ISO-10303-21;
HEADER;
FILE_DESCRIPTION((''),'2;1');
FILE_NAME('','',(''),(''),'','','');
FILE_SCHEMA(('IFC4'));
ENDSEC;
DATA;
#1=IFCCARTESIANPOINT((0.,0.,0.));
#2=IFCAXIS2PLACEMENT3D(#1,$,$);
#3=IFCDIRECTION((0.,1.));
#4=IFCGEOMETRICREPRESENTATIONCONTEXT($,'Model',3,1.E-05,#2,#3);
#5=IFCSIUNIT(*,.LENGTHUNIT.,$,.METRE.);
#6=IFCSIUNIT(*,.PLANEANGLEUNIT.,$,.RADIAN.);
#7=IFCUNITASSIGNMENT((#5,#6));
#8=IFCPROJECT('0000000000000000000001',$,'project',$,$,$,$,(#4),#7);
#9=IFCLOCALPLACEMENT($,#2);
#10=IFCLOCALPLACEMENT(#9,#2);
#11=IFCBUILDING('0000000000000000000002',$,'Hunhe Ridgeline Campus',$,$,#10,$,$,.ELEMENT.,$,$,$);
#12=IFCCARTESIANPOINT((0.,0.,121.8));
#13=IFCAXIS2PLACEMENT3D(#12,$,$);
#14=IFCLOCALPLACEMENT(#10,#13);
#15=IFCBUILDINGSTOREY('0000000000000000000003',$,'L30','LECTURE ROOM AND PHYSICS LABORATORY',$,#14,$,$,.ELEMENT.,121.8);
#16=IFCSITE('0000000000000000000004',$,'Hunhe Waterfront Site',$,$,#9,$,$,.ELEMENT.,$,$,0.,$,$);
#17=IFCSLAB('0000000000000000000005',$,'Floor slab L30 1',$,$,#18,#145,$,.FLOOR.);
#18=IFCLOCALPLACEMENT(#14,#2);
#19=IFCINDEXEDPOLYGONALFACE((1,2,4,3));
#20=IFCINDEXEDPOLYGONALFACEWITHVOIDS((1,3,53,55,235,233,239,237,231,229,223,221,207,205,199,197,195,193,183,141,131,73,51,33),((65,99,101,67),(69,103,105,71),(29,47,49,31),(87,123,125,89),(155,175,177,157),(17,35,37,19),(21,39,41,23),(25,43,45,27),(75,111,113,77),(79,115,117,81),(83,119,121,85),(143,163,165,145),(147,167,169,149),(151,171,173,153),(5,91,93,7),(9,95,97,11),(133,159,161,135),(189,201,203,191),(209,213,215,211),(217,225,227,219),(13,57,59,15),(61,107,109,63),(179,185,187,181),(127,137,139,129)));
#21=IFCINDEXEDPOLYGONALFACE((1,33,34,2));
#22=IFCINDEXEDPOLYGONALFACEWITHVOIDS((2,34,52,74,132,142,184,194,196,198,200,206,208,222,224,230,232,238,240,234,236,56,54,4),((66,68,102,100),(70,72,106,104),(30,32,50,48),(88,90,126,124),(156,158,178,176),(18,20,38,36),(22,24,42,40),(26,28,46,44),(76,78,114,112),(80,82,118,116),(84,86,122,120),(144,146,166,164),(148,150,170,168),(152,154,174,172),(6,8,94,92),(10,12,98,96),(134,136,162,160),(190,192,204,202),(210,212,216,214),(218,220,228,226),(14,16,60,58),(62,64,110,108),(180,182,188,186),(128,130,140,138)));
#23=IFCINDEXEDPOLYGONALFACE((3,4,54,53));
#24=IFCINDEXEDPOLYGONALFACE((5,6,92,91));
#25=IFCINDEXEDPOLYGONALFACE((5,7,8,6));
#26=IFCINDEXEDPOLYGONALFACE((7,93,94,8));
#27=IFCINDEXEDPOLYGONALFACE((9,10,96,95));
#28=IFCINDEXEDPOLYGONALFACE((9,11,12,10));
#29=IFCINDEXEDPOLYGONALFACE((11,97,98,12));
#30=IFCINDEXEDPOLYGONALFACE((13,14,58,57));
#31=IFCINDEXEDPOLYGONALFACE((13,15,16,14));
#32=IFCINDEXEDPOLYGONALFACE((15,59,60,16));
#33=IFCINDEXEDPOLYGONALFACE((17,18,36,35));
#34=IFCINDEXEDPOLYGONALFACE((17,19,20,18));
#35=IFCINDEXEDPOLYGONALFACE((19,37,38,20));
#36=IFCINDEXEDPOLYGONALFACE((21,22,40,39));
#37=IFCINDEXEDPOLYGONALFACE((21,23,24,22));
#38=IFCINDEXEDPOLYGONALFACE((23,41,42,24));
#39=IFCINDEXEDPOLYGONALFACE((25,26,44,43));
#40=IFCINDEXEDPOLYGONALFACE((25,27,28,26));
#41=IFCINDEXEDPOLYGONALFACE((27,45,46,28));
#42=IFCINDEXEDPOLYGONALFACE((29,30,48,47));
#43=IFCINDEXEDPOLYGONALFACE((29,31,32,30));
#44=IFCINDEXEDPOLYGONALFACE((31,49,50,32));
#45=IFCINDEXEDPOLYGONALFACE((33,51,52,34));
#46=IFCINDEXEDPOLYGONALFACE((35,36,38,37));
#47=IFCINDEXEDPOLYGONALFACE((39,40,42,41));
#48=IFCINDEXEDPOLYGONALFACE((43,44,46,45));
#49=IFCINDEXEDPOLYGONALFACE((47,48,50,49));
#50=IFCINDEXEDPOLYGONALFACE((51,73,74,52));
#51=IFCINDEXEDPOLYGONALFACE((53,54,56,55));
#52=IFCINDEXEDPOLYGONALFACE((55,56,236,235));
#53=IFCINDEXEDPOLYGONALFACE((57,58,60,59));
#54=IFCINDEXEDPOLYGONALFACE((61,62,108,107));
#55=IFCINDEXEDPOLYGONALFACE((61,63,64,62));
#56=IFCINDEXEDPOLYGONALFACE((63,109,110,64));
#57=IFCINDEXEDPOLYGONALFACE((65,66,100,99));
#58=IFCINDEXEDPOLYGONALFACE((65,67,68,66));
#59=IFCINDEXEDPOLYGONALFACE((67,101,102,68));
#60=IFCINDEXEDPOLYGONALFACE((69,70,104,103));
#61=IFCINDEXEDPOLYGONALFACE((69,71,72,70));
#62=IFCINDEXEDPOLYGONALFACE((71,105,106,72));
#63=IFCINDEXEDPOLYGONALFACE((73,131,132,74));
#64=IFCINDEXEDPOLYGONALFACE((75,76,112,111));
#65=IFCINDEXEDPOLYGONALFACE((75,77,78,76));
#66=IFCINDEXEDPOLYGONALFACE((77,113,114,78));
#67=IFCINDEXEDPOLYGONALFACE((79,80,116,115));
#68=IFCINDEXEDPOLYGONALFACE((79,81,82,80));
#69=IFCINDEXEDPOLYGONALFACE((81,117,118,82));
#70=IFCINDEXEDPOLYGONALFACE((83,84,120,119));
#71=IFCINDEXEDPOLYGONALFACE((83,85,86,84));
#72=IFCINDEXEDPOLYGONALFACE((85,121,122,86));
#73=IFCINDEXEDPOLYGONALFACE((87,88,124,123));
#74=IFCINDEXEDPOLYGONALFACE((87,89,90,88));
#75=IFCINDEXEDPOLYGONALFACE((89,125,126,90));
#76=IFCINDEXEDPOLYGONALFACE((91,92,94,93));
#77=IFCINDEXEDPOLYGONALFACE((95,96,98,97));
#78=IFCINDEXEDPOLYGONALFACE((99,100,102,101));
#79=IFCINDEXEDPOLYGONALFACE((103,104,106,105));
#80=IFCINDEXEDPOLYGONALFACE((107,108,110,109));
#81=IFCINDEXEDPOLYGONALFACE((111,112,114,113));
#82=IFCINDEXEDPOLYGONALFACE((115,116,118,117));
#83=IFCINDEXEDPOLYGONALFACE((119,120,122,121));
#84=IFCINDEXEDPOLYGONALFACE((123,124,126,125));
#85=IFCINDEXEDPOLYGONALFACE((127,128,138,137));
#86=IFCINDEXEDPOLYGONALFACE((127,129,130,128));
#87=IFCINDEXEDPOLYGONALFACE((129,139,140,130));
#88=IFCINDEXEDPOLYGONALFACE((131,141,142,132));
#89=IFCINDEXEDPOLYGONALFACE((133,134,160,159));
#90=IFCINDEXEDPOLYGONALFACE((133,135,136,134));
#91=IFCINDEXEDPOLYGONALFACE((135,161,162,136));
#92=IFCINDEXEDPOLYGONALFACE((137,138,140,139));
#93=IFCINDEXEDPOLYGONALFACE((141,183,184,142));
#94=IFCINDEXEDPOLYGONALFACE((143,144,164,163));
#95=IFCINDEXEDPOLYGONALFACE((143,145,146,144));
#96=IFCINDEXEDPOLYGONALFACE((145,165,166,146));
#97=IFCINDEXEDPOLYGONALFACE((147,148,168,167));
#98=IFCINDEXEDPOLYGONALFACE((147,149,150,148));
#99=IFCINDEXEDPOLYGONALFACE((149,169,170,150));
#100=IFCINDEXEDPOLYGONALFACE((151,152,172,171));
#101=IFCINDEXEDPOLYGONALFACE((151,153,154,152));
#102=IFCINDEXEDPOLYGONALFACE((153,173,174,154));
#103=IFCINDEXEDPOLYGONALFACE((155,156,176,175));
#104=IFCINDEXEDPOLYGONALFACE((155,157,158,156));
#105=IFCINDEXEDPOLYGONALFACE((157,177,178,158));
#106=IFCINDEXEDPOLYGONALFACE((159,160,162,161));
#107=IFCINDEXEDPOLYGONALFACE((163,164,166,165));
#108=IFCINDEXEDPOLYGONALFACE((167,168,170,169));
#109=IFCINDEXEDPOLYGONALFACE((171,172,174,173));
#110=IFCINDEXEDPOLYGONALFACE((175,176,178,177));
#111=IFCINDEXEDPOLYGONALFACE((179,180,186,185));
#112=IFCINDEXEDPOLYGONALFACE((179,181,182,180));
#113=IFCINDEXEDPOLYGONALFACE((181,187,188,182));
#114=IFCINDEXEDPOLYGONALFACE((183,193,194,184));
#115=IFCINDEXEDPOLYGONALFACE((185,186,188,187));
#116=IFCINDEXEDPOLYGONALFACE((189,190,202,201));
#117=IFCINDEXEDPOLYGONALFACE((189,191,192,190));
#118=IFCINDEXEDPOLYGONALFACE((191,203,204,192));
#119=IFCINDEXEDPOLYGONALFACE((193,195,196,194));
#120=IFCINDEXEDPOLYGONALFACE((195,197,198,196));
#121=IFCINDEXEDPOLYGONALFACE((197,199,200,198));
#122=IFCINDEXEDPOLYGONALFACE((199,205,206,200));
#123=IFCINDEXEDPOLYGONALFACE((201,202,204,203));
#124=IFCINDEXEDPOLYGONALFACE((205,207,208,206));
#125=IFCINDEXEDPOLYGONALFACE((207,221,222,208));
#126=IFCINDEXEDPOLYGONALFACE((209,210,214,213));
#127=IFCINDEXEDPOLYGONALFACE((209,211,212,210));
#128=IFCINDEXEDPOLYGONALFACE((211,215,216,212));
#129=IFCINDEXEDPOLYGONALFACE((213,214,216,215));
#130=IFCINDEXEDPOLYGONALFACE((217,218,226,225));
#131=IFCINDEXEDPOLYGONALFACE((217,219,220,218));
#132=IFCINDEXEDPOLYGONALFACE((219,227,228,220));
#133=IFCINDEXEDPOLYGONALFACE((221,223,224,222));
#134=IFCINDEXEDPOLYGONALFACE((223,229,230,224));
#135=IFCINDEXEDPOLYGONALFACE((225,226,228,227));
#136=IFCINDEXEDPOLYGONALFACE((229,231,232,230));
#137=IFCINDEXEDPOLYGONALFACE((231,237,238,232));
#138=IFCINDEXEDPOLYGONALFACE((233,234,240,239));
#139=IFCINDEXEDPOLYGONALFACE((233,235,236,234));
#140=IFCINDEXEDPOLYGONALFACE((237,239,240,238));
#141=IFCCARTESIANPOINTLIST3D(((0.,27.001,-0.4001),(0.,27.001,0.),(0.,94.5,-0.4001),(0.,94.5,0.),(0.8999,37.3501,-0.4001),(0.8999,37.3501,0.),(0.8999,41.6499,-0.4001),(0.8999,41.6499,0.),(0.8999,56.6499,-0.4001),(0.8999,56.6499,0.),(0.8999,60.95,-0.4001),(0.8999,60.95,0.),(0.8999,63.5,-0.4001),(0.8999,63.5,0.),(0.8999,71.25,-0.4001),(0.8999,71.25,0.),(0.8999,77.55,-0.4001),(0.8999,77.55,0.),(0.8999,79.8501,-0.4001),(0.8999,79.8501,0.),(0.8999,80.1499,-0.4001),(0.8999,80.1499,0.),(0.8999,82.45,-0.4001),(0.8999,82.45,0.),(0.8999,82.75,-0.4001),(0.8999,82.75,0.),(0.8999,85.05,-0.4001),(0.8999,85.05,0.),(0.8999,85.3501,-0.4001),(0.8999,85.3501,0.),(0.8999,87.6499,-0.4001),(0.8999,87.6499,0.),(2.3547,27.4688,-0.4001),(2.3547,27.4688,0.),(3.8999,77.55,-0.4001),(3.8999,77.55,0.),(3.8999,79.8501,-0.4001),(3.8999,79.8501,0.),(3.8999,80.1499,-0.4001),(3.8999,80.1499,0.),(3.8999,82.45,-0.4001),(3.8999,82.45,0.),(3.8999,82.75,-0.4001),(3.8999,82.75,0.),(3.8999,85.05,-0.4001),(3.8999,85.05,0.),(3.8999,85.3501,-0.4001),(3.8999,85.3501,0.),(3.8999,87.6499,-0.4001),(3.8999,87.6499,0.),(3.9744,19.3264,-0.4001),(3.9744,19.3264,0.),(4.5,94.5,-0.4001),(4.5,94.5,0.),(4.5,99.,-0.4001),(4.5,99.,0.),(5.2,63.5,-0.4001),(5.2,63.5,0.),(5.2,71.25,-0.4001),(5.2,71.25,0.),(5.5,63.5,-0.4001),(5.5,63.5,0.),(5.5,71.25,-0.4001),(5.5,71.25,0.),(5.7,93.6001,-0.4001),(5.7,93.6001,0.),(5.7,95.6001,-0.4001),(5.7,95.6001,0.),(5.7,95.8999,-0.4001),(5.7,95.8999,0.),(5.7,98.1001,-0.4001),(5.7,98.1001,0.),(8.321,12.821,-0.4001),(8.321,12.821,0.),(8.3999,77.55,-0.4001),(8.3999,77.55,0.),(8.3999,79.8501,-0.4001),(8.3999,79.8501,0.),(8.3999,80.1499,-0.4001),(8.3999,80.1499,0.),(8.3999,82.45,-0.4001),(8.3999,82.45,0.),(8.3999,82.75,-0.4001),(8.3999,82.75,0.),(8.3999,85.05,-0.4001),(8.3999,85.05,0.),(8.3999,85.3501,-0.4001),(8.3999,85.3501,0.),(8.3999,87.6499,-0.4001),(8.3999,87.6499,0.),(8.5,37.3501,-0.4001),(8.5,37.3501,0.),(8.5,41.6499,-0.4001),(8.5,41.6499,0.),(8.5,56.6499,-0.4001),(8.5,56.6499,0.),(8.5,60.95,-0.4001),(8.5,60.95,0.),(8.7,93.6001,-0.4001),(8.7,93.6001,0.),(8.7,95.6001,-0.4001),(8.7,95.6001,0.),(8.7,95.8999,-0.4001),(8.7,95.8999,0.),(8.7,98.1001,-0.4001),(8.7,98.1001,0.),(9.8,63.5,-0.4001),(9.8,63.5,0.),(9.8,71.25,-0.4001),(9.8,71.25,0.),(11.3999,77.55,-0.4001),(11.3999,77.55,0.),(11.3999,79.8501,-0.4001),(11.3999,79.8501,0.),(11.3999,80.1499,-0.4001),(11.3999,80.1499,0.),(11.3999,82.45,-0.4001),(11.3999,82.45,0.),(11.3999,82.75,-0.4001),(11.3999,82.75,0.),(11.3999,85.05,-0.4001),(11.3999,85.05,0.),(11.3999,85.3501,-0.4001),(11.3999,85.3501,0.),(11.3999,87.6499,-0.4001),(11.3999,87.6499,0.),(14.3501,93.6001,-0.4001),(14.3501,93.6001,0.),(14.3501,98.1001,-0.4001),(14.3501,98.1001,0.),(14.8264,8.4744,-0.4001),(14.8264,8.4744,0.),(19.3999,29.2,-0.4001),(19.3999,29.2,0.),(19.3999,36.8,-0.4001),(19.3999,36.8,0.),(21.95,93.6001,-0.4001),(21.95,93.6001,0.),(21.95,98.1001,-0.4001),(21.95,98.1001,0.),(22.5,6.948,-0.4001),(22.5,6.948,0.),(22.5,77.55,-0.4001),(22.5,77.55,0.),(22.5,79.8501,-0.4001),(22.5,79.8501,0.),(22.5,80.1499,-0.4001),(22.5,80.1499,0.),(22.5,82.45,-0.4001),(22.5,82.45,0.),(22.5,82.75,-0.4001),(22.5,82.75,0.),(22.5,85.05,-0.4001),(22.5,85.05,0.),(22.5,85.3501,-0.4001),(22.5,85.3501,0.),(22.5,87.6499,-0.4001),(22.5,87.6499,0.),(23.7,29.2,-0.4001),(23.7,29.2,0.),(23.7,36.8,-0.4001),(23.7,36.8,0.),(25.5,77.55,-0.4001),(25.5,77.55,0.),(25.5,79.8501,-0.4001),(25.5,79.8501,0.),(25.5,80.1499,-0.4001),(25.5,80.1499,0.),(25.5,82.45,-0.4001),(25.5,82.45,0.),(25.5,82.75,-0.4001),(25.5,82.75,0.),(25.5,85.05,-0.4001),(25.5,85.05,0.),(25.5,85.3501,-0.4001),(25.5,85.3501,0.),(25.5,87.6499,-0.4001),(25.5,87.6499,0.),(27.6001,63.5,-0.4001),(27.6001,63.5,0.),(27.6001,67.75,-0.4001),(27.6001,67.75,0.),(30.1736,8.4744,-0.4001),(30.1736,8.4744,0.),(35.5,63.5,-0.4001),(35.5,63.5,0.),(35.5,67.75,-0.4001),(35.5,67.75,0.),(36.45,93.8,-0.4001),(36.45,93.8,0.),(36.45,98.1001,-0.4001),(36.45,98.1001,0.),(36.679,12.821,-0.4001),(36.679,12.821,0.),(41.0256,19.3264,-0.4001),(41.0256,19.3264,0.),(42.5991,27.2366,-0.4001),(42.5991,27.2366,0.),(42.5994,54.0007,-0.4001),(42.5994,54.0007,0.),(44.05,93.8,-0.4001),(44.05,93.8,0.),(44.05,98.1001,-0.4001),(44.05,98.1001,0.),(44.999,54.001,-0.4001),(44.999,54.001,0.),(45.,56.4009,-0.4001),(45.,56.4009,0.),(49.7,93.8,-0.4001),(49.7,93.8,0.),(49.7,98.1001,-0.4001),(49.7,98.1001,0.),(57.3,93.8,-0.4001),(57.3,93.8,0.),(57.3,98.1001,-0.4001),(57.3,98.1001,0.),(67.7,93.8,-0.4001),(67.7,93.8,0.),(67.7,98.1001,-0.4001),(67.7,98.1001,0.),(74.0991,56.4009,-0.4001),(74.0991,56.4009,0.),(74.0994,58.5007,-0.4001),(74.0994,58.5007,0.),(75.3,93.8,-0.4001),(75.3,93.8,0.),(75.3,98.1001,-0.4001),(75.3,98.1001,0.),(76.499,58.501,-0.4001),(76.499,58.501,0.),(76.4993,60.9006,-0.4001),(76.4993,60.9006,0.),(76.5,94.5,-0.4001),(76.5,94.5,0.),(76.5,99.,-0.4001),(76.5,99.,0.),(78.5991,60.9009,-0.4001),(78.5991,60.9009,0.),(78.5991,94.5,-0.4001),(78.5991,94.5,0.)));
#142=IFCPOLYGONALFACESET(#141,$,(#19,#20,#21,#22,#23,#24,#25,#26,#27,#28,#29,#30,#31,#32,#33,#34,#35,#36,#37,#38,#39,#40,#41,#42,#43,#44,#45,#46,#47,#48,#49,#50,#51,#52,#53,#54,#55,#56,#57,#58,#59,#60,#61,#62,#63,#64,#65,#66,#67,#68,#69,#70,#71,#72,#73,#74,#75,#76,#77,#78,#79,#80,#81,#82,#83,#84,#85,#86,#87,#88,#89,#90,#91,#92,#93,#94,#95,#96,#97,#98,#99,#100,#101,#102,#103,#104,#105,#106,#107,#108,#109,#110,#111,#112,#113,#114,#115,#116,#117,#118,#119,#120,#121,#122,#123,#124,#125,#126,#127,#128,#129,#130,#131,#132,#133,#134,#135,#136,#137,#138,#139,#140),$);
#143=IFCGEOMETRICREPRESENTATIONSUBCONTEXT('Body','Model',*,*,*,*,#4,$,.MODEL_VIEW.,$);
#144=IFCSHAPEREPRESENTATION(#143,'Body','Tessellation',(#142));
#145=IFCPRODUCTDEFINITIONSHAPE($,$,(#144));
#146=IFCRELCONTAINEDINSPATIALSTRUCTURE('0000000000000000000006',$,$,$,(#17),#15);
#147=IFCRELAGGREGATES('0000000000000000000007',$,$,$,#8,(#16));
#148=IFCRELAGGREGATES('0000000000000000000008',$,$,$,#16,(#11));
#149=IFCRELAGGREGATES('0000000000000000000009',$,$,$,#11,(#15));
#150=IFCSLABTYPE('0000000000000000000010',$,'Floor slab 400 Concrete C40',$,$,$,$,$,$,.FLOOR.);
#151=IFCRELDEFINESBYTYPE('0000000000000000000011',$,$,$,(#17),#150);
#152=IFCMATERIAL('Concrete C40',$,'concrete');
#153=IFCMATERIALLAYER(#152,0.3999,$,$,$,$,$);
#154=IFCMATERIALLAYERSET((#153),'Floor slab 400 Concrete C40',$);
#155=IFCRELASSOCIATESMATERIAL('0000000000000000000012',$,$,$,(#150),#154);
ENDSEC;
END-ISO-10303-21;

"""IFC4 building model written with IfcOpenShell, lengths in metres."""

from ifc_helpers import new_model, si_unit, direction, frame, origin, place, context, subcontext, project, spatial, polyline, outline, extrude, material, layer, layer_set, type_object, element, save


model = new_model("IFC4")

# Units and contexts
model_context = context("Model", 3, precision=1e-05, world=origin(), true_north=direction((0.0, 1.0)))
body_context = subcontext(model_context, "Body", "Model", "MODEL_VIEW")
ifc_project = project(units=[si_unit("LENGTHUNIT", "METRE"), si_unit("PLANEANGLEUNIT", "RADIAN")], contexts=[model_context])

# Site, building, storey
site_placement = place(None, origin())
site = spatial("IfcSite", under=ifc_project, at=site_placement, Name="Hunhe Waterfront Site", CompositionType="ELEMENT", RefElevation=0.0)
building_placement = place(site_placement, origin())
building = spatial("IfcBuilding", under=site, at=building_placement, Name="Hunhe Ridgeline Campus", CompositionType="ELEMENT")
storey_placement = place(building_placement, frame((0.0, 0.0, 121.8)))
storey = spatial("IfcBuildingStorey", under=building, at=storey_placement, Name="L30", Description="LECTURE ROOM AND PHYSICS LABORATORY", CompositionType="ELEMENT", Elevation=121.8)

# Slab
ifc_material_1 = material(Name="Concrete C40", Category="concrete")
ifc_layer_1 = layer(ifc_material_1, 0.3999)
ifc_layer_set_1 = layer_set([ifc_layer_1], Name="Floor slab 400 Concrete C40")
slab_type_1 = type_object("IfcSlabType", Name="Floor slab 400 Concrete C40", PredefinedType="FLOOR", material=ifc_layer_set_1)
slab_1_placement = place(storey_placement, frame((0.0, 0.0, -0.4001)))
element("IfcSlab", 1, at=slab_1_placement, inside=storey, type_object=slab_type_1, Name="Floor slab L30 1", PredefinedType="FLOOR", context=body_context, shape_type="SweptSolid", body=[
    extrude(outline(polyline([(0.0, 27.001), (2.3547, 27.4688), (3.9744, 19.3264), (8.321, 12.821), (14.8264, 8.4744), (22.5, 6.948), (30.1736, 8.4744), (36.679, 12.821), (41.0256, 19.3264), (42.5991, 27.2366), (42.5994, 54.0007), (44.999, 54.001), (45.0, 56.4009), (74.0991, 56.4009), (74.0994, 58.5007), (76.499, 58.501), (76.4993, 60.9006), (78.5991, 60.9009), (78.5991, 94.5), (76.5, 94.5), (76.5, 99.0), (4.5, 99.0), (4.5, 94.5), (0.0, 94.5), (0.0, 27.001)]), holes=[polyline([(67.7, 93.8), (75.3, 93.8), (75.3, 98.1001), (67.7, 98.1001), (67.7, 93.8)]), polyline([(57.3, 93.8), (57.3, 98.1001), (49.7, 98.1001), (49.7, 93.8), (57.3, 93.8)]), polyline([(44.05, 98.1001), (36.45, 98.1001), (36.45, 93.8), (44.05, 93.8), (44.05, 98.1001)]), polyline([(27.6001, 67.75), (27.6001, 63.5), (35.5, 63.5), (35.5, 67.75), (27.6001, 67.75)]), polyline([(25.5, 85.3501), (25.5, 87.6499), (22.5, 87.6499), (22.5, 85.3501), (25.5, 85.3501)]), polyline([(25.5, 85.05), (22.5, 85.05), (22.5, 82.75), (25.5, 82.75), (25.5, 85.05)]), polyline([(22.5, 82.45), (22.5, 80.1499), (25.5, 80.1499), (25.5, 82.45), (22.5, 82.45)]), polyline([(22.5, 77.55), (25.5, 77.55), (25.5, 79.8501), (22.5, 79.8501), (22.5, 77.55)]), polyline([(19.3999, 29.2), (23.7, 29.2), (23.7, 36.8), (19.3999, 36.8), (19.3999, 29.2)]), polyline([(21.95, 98.1001), (14.3501, 98.1001), (14.3501, 93.6001), (21.95, 93.6001), (21.95, 98.1001)]), polyline([(8.3999, 82.45), (8.3999, 80.1499), (11.3999, 80.1499), (11.3999, 82.45), (8.3999, 82.45)]), polyline([(11.3999, 85.3501), (11.3999, 87.6499), (8.3999, 87.6499), (8.3999, 85.3501), (11.3999, 85.3501)]), polyline([(11.3999, 85.05), (8.3999, 85.05), (8.3999, 82.75), (11.3999, 82.75), (11.3999, 85.05)]), polyline([(8.3999, 77.55), (11.3999, 77.55), (11.3999, 79.8501), (8.3999, 79.8501), (8.3999, 77.55)]), polyline([(5.5, 63.5), (9.8, 63.5), (9.8, 71.25), (5.5, 71.25), (5.5, 63.5)]), polyline([(5.7, 98.1001), (5.7, 95.8999), (8.7, 95.8999), (8.7, 98.1001), (5.7, 98.1001)]), polyline([(5.7, 93.6001), (8.7, 93.6001), (8.7, 95.6001), (5.7, 95.6001), (5.7, 93.6001)]), polyline([(0.8999, 60.95), (0.8999, 56.6499), (8.5, 56.6499), (8.5, 60.95), (0.8999, 60.95)]), polyline([(0.8999, 37.3501), (8.5, 37.3501), (8.5, 41.6499), (0.8999, 41.6499), (0.8999, 37.3501)]), polyline([(5.2, 63.5), (5.2, 71.25), (0.8999, 71.25), (0.8999, 63.5), (5.2, 63.5)]), polyline([(3.8999, 85.3501), (3.8999, 87.6499), (0.8999, 87.6499), (0.8999, 85.3501), (3.8999, 85.3501)]), polyline([(3.8999, 85.05), (0.8999, 85.05), (0.8999, 82.75), (3.8999, 82.75), (3.8999, 85.05)]), polyline([(0.8999, 82.45), (0.8999, 80.1499), (3.8999, 80.1499), (3.8999, 82.45), (0.8999, 82.45)]), polyline([(0.8999, 77.55), (3.8999, 77.55), (3.8999, 79.8501), (0.8999, 79.8501), (0.8999, 77.55)])]), origin(), (0.0, 0.0, 1.0), 0.4001),
])

save(model, "model.ifc")
